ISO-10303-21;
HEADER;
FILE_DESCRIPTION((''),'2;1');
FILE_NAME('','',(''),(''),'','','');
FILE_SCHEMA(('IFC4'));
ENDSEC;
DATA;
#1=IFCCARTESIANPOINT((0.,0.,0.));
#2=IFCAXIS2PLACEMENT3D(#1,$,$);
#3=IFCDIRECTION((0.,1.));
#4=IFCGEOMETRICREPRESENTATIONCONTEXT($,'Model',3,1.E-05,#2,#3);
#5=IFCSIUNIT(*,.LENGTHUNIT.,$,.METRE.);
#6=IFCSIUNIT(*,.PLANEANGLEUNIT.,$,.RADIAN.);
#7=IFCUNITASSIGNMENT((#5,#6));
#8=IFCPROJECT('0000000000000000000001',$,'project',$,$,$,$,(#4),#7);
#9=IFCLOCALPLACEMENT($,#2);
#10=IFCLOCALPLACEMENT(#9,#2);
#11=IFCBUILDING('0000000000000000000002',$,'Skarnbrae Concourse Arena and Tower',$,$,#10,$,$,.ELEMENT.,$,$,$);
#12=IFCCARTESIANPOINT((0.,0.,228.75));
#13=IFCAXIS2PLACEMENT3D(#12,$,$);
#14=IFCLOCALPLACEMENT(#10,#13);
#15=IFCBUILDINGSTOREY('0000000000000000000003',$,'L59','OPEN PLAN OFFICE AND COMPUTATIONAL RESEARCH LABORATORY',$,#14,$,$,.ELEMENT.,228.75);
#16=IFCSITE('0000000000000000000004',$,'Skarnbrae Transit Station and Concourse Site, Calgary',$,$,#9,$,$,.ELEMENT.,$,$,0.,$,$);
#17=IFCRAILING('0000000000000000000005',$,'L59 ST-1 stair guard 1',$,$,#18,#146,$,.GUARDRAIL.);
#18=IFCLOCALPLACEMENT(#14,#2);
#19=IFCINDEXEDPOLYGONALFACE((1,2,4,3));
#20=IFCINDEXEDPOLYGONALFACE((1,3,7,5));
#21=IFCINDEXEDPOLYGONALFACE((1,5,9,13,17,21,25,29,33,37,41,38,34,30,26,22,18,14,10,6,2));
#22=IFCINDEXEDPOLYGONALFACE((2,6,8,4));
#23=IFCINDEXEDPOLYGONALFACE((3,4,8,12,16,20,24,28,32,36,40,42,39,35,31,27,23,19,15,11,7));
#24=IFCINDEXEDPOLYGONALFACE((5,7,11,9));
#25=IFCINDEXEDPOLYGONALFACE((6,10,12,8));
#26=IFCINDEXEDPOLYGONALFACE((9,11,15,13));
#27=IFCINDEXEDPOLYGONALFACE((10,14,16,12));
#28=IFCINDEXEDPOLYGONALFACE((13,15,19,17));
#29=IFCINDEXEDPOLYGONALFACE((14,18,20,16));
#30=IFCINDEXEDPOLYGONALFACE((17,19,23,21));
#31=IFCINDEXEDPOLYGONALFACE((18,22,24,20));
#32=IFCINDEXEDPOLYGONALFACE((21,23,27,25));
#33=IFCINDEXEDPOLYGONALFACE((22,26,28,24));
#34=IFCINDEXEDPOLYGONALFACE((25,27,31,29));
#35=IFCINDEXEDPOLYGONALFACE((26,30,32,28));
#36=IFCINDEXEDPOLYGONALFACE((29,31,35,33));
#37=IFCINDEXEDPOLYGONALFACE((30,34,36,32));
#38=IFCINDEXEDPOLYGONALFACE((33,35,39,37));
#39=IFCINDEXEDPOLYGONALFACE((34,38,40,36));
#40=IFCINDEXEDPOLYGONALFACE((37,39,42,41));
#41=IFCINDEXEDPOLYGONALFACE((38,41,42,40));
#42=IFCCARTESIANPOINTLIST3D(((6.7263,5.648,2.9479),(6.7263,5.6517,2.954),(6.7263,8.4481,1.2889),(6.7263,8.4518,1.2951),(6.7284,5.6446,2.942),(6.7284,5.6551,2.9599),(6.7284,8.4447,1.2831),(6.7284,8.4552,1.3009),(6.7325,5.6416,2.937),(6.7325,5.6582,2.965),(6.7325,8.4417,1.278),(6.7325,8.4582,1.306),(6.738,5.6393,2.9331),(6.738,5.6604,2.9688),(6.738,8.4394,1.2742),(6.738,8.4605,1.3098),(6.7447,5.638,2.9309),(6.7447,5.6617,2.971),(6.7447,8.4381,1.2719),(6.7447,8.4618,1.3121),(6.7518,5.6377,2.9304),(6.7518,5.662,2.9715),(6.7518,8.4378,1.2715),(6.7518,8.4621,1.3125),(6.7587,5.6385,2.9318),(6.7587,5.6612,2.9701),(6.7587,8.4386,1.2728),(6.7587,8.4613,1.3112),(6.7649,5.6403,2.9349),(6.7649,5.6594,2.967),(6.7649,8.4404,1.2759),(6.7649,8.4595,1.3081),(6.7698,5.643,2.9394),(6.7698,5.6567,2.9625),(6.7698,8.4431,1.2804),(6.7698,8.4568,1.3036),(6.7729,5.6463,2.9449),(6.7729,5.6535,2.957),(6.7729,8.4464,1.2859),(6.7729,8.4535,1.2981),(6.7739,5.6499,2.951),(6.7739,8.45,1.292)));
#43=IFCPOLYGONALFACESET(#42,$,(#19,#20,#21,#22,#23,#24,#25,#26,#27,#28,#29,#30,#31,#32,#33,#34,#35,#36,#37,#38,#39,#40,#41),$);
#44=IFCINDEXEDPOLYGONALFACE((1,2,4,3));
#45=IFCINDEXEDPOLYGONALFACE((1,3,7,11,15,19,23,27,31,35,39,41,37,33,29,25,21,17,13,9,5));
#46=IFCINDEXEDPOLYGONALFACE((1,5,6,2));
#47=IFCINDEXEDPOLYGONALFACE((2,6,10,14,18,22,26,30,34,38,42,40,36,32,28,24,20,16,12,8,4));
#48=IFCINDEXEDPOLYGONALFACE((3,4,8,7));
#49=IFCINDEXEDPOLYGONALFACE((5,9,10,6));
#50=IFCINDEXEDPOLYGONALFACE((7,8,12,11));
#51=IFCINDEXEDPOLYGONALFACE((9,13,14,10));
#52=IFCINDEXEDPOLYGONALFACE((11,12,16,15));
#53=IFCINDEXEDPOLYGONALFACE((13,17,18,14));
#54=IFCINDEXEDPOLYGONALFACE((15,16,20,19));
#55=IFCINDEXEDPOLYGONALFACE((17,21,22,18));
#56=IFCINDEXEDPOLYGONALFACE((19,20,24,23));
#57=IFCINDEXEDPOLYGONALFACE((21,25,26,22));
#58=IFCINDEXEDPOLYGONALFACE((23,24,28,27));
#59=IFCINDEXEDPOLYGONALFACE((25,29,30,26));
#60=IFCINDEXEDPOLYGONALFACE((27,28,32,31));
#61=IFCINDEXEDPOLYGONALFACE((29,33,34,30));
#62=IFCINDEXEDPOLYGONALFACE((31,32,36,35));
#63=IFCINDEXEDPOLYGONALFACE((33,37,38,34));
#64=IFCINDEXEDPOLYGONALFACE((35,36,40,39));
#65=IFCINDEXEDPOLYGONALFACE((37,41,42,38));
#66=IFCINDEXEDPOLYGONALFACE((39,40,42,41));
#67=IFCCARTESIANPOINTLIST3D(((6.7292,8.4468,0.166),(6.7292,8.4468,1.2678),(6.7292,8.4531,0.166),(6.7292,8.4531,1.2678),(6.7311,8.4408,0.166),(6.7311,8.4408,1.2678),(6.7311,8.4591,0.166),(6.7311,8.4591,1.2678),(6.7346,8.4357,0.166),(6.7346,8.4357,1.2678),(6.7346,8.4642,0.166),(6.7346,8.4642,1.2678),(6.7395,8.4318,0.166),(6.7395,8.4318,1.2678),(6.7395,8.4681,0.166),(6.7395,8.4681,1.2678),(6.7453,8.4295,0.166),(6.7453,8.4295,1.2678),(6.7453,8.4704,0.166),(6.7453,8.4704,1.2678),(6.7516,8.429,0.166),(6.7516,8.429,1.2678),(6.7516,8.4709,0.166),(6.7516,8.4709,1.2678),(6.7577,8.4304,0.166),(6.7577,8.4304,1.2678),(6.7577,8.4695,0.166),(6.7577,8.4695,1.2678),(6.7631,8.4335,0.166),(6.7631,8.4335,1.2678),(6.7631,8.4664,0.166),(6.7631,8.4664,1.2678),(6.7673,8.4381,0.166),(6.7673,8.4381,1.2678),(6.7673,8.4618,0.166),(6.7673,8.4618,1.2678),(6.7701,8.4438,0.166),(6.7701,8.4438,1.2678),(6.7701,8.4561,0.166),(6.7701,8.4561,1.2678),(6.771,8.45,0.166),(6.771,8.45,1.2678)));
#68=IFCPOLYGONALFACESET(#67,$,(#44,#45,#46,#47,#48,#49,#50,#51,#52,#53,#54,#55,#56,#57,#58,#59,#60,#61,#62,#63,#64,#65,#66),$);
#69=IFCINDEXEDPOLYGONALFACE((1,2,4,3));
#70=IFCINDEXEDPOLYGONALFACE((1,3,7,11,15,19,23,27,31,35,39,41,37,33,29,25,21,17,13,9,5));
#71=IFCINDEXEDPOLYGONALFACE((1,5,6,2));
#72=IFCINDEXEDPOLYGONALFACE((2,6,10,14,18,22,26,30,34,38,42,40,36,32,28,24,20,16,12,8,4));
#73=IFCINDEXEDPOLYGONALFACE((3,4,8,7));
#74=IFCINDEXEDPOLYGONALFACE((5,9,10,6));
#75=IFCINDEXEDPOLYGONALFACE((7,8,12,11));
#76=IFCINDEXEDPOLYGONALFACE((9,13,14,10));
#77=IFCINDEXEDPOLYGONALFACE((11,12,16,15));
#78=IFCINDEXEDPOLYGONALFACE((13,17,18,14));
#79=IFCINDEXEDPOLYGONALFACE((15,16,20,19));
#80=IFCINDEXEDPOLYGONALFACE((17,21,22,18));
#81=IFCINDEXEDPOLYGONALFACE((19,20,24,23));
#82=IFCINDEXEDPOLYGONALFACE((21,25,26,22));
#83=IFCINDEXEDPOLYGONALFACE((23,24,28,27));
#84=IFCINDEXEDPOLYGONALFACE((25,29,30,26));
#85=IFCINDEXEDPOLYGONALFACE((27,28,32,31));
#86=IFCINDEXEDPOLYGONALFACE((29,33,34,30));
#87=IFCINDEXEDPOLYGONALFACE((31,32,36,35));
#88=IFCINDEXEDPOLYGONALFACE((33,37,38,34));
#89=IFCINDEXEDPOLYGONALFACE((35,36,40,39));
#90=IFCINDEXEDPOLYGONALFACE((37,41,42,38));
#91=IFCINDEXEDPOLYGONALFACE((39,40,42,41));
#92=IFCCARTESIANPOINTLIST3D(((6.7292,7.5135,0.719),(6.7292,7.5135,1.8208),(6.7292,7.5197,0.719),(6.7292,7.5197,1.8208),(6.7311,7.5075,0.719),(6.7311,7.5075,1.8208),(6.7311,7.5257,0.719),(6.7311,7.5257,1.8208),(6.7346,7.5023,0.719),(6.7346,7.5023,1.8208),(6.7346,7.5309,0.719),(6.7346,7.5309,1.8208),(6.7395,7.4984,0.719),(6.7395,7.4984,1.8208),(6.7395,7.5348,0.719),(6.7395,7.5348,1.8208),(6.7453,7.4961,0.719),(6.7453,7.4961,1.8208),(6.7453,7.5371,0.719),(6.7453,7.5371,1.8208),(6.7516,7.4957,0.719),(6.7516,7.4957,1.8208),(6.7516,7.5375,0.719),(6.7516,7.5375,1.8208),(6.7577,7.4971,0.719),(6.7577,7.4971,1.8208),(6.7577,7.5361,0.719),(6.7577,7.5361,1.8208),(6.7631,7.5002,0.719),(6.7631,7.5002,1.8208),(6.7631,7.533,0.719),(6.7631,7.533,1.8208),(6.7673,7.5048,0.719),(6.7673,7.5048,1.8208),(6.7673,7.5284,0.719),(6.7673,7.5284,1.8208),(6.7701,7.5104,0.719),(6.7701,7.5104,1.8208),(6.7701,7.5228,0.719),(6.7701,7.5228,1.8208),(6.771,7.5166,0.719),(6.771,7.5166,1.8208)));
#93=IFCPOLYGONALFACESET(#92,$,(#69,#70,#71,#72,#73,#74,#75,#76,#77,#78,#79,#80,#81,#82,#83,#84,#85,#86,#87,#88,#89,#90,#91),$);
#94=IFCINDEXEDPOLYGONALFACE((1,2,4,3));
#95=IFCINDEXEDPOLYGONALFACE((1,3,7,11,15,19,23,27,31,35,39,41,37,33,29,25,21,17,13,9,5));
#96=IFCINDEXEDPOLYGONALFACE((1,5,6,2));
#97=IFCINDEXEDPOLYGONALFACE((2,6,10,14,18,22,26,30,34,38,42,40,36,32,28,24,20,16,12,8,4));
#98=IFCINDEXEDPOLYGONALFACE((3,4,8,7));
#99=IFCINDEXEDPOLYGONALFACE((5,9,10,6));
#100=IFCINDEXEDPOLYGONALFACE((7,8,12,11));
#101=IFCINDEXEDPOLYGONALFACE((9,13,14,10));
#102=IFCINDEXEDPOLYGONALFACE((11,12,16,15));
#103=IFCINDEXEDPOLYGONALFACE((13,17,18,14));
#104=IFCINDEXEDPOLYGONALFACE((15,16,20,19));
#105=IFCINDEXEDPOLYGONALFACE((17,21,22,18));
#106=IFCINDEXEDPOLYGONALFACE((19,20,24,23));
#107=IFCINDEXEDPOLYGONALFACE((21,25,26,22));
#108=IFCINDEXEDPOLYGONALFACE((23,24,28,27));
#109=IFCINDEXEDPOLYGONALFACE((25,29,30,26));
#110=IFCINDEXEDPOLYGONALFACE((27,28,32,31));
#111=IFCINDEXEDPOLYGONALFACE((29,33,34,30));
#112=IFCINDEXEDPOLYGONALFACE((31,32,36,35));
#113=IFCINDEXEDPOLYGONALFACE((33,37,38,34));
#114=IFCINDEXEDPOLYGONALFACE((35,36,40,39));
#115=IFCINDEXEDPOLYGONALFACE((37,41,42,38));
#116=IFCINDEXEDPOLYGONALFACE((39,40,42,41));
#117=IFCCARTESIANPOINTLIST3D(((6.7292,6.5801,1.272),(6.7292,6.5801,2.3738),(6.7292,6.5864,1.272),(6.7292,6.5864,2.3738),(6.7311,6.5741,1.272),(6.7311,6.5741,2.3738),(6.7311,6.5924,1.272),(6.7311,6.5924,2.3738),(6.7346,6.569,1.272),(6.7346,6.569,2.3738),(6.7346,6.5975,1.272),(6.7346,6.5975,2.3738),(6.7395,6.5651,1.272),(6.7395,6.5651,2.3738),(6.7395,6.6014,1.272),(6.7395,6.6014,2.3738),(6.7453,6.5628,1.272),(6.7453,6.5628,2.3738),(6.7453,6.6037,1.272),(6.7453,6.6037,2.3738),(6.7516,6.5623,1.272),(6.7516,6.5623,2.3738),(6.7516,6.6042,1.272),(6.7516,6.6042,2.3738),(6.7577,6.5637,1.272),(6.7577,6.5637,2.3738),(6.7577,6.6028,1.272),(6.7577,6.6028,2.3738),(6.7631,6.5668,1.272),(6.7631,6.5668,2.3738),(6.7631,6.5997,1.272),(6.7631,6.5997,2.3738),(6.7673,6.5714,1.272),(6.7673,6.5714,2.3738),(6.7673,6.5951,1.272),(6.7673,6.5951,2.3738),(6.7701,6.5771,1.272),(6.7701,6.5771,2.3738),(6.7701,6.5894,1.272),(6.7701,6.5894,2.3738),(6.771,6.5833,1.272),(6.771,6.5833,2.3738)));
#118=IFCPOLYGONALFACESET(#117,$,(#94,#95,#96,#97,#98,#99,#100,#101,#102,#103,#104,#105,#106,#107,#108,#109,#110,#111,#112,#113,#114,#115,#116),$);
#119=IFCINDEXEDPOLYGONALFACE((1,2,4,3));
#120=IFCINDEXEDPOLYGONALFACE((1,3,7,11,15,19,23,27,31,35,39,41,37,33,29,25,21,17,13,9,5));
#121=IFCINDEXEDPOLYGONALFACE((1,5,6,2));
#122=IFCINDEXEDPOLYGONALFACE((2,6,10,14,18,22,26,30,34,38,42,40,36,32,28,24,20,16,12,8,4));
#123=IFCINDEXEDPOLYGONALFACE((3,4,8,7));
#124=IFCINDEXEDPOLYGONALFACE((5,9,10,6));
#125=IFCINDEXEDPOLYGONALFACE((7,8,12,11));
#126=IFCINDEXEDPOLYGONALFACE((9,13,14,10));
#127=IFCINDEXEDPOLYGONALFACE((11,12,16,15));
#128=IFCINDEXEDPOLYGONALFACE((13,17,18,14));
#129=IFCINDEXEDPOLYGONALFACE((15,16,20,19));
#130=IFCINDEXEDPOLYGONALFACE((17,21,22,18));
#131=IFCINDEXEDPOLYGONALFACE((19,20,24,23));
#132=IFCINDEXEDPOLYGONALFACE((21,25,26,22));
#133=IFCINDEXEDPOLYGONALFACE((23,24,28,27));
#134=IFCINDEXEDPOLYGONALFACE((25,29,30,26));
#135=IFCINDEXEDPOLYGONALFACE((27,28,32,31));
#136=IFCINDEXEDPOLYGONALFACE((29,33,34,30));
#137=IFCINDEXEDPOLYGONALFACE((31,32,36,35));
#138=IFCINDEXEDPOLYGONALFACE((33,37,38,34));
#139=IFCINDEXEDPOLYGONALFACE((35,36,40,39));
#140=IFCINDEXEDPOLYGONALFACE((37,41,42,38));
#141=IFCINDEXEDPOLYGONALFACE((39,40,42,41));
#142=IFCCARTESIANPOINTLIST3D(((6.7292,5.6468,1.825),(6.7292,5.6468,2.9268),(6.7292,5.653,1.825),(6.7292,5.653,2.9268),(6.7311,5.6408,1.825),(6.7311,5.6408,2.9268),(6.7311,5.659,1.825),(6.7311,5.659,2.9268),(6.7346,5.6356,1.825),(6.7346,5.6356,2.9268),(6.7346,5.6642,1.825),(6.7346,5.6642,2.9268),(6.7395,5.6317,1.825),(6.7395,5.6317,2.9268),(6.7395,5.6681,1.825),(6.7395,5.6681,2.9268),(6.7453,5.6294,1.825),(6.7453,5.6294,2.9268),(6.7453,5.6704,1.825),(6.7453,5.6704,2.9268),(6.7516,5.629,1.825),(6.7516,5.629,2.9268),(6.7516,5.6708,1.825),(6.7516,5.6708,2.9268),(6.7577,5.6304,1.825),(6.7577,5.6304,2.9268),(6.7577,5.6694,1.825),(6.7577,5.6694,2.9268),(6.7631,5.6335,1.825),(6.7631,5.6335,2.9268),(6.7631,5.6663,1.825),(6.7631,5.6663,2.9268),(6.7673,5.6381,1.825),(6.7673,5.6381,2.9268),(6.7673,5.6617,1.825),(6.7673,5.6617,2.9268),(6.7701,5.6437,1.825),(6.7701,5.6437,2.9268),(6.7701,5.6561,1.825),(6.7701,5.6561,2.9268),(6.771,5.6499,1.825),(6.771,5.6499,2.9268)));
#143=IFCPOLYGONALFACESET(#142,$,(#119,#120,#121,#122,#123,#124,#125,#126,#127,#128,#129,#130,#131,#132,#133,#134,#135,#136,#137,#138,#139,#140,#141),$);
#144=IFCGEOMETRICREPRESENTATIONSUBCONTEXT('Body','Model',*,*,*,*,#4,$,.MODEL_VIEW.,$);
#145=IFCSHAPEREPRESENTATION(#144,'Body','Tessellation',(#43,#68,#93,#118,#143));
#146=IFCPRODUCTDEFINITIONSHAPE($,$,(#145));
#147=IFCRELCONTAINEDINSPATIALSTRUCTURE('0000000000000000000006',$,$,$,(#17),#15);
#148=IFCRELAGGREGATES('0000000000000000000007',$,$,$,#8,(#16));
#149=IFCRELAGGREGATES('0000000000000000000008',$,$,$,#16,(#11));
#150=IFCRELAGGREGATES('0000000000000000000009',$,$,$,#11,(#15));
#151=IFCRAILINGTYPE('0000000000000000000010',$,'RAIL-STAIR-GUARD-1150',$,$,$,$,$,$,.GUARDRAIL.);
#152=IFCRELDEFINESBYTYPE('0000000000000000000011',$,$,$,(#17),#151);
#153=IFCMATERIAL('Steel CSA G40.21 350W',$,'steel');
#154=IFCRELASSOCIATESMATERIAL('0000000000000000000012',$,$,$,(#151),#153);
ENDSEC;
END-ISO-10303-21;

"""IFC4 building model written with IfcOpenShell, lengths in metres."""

from ifc_helpers import new_model, si_unit, direction, frame, origin, origin_2d, place, context, subcontext, project, spatial, circle, extrude, material, type_object, element, save


model = new_model("IFC4")

# Units and contexts
model_context = context("Model", 3, precision=1e-05, world=origin(), true_north=direction((0.0, 1.0)))
body_context = subcontext(model_context, "Body", "Model", "MODEL_VIEW")
ifc_project = project(units=[si_unit("LENGTHUNIT", "METRE"), si_unit("PLANEANGLEUNIT", "RADIAN")], contexts=[model_context])

# Site, building, storey
site_placement = place(None, origin())
site = spatial("IfcSite", under=ifc_project, at=site_placement, Name="Skarnbrae Transit Station and Concourse Site, Calgary", CompositionType="ELEMENT", RefElevation=0.0)
building_placement = place(site_placement, origin())
building = spatial("IfcBuilding", under=site, at=building_placement, Name="Skarnbrae Concourse Arena and Tower", CompositionType="ELEMENT")
storey_placement = place(building_placement, frame((0.0, 0.0, 228.75)))
storey = spatial("IfcBuildingStorey", under=building, at=storey_placement, Name="L59", Description="OPEN PLAN OFFICE AND COMPUTATIONAL RESEARCH LABORATORY", CompositionType="ELEMENT", Elevation=228.75)

# Railing
ifc_material_1 = material(Name="Steel CSA G40.21 350W", Category="steel")
railing_type_1 = type_object("IfcRailingType", Name="RAIL-STAIR-GUARD-1150", PredefinedType="GUARDRAIL", material=ifc_material_1)
railing_1_placement = place(storey_placement, frame((6.75, 8.45, 0.166)))
element("IfcRailing", 1, at=railing_1_placement, inside=storey, type_object=railing_type_1, Name="L59 ST-1 stair guard 1", PredefinedType="GUARDRAIL", context=body_context, shape_type="SweptSolid", body=[
    extrude(circle(Radius=0.0239, at=origin_2d()), frame((0.0, 0.0, 1.126), z_axis=(0.0, -0.860339, 0.509722), x_axis=(1.0, 0.0, 0.0)), (0.0, 0.0, 1.0), 3.2546),
    extrude(circle(Radius=0.021, at=origin_2d()), origin(), (0.0, 0.0, 1.0), 1.1018),
    extrude(circle(Radius=0.021, at=origin_2d()), frame((0.0, -0.9333, 0.553)), (0.0, 0.0, 1.0), 1.1018),
    extrude(circle(Radius=0.021, at=origin_2d()), frame((0.0, -1.8667, 1.106)), (0.0, 0.0, 1.0), 1.1018),
    extrude(circle(Radius=0.021, at=origin_2d()), frame((0.0, -2.8, 1.6589)), (0.0, 0.0, 1.0), 1.1018),
])

save(model, "model.ifc")
